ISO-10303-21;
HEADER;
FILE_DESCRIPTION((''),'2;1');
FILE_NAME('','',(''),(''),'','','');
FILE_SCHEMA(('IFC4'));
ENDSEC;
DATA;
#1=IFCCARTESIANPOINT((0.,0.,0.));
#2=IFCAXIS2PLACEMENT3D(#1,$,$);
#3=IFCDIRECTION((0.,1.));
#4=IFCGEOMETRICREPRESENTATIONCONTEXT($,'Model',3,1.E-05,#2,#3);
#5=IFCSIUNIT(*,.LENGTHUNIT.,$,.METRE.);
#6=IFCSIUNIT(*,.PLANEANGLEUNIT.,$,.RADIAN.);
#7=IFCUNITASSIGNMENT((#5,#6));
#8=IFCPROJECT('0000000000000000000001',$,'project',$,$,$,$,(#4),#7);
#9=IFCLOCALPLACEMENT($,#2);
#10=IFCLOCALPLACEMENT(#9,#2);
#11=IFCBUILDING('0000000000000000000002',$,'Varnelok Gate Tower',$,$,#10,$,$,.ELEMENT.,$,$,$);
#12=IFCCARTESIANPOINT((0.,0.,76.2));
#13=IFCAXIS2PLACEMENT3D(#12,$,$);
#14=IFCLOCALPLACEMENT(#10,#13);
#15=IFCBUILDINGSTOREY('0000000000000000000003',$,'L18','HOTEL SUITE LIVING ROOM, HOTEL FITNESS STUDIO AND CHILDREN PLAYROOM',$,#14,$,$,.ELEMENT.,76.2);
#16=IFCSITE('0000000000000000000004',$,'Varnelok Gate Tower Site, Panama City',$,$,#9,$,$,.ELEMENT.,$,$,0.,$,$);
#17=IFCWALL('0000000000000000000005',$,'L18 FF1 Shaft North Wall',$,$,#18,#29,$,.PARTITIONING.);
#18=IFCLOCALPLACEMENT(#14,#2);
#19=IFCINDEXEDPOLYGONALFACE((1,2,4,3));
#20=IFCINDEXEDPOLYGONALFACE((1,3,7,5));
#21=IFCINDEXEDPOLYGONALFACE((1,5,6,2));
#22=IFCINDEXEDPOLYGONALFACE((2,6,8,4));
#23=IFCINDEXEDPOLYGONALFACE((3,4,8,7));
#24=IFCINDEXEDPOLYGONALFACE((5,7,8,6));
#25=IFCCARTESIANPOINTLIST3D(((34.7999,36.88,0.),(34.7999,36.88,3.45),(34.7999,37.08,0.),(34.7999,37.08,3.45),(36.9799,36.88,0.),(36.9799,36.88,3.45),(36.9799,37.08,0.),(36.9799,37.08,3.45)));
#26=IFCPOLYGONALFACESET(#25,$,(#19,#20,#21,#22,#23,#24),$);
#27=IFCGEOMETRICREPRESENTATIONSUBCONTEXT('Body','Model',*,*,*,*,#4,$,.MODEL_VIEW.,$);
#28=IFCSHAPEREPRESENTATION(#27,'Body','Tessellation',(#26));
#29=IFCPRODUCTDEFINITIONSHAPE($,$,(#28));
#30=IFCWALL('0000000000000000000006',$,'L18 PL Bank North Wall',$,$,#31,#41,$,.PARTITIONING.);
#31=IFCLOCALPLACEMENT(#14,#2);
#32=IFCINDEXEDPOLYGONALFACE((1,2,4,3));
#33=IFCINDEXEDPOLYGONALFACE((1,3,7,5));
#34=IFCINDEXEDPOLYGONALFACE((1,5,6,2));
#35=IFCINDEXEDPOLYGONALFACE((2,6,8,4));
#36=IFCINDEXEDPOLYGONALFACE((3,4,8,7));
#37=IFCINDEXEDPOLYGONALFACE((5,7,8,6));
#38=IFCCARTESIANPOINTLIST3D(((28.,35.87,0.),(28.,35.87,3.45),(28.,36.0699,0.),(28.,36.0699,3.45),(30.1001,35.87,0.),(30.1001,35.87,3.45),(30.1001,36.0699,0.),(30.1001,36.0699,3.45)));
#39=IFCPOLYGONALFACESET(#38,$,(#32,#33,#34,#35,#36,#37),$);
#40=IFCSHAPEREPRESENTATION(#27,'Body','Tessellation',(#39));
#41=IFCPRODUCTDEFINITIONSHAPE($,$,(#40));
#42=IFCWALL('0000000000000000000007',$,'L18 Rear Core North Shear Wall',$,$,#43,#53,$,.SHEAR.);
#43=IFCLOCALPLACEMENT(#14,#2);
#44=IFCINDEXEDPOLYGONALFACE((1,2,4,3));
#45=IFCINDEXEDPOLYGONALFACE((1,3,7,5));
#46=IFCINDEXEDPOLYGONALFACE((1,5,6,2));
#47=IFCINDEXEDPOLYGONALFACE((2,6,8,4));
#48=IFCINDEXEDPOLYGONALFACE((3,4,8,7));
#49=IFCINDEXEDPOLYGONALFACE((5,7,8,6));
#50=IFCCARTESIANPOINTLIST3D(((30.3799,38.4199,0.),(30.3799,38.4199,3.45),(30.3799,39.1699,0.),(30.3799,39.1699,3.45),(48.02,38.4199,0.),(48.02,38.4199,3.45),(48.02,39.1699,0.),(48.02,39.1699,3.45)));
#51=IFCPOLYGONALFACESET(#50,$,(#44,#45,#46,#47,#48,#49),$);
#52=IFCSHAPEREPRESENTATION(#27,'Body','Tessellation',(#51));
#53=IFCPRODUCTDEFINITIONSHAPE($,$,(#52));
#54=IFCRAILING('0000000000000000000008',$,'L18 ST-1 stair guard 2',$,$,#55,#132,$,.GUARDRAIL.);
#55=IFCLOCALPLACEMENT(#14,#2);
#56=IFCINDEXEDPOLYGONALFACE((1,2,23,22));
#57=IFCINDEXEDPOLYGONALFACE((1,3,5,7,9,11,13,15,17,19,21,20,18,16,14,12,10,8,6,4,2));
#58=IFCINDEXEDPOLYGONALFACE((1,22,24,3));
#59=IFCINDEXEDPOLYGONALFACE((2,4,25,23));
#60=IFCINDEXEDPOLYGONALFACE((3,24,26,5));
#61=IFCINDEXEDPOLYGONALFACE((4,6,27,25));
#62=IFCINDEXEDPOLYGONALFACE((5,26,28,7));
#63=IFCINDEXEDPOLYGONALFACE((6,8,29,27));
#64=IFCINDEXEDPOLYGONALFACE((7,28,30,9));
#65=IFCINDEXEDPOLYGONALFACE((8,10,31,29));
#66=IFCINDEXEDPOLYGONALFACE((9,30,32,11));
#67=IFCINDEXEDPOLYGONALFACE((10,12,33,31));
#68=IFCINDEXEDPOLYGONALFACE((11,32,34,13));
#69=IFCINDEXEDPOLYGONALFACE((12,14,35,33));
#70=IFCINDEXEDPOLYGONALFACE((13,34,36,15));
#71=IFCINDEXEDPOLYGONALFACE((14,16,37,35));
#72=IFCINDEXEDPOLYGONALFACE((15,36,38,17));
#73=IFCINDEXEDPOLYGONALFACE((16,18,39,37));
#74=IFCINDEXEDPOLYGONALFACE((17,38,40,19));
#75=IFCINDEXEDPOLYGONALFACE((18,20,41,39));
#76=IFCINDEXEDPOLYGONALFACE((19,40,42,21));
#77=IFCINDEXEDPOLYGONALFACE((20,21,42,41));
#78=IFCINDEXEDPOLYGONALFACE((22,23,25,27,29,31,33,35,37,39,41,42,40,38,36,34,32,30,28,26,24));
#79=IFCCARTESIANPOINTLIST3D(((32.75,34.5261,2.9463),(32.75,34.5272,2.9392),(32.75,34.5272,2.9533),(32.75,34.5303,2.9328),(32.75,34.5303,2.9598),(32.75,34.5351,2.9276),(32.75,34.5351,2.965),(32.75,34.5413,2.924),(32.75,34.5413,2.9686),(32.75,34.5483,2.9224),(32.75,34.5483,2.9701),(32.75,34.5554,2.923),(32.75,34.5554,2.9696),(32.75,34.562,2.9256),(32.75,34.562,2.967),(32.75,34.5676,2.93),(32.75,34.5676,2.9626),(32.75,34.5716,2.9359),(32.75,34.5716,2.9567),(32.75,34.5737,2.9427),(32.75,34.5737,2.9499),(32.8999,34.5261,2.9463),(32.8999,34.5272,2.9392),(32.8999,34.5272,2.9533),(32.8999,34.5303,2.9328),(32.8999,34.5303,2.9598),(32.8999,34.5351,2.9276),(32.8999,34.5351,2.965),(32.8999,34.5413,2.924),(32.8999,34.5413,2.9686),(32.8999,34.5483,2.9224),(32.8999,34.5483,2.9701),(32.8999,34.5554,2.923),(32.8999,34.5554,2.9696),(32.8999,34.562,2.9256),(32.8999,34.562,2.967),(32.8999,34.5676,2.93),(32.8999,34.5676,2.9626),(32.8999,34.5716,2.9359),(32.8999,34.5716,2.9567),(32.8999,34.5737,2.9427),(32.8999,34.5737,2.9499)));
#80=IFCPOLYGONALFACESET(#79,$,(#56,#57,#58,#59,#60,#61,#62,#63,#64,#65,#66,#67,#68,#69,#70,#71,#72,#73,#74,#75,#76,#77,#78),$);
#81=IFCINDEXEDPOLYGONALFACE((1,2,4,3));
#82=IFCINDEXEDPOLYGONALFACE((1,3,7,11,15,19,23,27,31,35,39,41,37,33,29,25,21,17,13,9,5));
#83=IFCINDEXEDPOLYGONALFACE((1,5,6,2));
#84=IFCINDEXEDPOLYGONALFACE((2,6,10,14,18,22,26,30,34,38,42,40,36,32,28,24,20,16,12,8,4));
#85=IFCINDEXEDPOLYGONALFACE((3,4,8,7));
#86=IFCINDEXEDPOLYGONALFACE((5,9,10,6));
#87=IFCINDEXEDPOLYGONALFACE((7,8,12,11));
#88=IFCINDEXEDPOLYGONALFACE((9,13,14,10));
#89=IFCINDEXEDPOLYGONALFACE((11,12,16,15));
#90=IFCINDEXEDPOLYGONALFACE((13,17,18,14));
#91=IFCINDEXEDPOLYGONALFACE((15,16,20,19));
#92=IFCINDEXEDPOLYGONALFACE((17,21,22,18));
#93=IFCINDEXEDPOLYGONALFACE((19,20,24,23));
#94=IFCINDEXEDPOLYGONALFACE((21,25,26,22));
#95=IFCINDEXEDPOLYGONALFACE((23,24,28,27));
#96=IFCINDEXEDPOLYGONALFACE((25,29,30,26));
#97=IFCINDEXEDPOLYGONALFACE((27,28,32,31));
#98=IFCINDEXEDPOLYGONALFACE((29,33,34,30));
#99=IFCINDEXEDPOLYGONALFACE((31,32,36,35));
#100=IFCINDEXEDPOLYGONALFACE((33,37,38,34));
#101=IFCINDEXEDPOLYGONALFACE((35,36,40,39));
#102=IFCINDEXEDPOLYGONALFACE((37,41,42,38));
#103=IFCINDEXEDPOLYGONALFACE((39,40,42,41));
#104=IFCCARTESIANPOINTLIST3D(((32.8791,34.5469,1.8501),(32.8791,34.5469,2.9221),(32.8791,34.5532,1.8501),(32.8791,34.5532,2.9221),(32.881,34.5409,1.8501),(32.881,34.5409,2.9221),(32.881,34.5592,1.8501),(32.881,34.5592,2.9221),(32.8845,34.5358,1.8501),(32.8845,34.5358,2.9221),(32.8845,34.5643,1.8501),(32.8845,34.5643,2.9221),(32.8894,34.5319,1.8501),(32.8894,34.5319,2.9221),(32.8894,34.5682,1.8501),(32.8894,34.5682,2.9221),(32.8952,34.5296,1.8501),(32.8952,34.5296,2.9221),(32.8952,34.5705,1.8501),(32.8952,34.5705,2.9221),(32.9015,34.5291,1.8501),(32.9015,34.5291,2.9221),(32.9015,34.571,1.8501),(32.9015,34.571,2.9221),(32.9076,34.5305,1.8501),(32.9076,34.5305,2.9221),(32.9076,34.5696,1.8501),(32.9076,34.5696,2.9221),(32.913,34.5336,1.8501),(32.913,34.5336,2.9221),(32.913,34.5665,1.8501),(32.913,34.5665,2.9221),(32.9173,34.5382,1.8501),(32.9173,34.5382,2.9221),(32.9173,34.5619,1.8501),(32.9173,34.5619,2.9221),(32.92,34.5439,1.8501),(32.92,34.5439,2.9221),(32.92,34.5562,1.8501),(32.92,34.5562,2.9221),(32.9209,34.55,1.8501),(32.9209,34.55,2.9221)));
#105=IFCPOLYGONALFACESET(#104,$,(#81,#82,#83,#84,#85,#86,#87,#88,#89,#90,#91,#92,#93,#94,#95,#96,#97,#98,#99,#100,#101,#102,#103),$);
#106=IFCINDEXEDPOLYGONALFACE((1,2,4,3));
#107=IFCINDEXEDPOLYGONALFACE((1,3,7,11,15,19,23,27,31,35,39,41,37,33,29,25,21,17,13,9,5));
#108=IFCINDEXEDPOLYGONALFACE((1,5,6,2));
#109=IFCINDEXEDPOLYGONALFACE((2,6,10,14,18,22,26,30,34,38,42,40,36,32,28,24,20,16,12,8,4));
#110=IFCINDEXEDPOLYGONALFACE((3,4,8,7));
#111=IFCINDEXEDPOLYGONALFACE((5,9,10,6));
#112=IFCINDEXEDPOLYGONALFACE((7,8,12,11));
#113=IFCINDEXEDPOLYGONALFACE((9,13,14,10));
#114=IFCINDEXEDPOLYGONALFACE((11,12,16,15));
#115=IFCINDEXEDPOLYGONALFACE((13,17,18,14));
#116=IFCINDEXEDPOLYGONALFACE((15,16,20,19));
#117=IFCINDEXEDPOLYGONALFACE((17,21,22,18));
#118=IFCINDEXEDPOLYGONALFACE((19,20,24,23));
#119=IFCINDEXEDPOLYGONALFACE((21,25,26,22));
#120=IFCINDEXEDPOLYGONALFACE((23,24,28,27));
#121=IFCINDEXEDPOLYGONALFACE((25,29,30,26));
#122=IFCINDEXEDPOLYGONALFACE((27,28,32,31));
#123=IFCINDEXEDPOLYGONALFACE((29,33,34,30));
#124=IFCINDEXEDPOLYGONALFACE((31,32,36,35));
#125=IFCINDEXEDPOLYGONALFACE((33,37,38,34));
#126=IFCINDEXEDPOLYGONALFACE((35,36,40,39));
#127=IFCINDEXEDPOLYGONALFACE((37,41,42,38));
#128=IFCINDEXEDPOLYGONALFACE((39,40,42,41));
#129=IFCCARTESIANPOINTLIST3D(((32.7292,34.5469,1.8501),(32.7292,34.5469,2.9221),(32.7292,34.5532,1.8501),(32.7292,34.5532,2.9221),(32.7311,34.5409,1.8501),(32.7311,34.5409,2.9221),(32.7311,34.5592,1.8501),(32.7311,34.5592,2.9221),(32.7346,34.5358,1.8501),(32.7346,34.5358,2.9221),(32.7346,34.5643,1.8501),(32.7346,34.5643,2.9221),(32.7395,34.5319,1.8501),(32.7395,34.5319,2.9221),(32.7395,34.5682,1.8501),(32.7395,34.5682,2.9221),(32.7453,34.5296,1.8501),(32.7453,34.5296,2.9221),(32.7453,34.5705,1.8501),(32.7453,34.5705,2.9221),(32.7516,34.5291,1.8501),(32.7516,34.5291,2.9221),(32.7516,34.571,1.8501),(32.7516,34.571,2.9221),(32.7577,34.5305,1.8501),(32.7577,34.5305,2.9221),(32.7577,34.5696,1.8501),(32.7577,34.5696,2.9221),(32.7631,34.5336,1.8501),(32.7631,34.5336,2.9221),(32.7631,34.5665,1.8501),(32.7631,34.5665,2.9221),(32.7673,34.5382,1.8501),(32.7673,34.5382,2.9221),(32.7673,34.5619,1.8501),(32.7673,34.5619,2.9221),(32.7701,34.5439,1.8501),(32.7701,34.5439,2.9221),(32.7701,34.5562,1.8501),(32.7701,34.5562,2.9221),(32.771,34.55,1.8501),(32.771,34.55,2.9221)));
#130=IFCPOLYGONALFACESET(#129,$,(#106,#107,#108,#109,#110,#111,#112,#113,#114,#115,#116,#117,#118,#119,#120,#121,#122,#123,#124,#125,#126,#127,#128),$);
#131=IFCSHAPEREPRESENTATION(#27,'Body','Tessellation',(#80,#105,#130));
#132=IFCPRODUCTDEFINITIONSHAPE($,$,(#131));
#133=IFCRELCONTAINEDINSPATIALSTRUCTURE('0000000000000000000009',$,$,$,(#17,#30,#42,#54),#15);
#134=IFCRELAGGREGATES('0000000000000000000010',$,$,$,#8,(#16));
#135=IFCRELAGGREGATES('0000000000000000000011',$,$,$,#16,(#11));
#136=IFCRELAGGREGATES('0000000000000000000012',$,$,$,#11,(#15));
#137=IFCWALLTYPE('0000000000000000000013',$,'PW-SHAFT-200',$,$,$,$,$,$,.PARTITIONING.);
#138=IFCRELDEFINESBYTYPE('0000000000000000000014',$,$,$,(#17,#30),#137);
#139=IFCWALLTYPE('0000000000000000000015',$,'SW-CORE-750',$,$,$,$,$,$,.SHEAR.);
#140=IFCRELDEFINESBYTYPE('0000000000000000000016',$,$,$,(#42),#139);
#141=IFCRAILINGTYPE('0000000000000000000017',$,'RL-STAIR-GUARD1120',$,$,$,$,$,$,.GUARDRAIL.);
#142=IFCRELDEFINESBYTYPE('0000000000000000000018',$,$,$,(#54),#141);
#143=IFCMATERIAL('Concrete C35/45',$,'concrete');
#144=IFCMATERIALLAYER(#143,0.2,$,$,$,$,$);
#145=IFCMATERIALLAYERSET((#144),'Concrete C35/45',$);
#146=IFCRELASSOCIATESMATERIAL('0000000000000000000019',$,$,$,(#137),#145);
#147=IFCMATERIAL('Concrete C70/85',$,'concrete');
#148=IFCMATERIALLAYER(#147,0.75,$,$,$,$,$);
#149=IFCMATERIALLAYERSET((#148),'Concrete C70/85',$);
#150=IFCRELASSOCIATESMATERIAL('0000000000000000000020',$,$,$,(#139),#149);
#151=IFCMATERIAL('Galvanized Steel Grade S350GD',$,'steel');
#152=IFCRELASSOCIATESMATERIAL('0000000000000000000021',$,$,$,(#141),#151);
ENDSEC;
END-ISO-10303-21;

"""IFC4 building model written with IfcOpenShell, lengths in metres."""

from ifc_helpers import new_model, si_unit, direction, frame, frame_2d, origin, origin_2d, place, context, subcontext, project, spatial, rectangle, circle, extrude, material, layer, layer_set, type_object, element, save


model = new_model("IFC4")

# Units and contexts
model_context = context("Model", 3, precision=1e-05, world=origin(), true_north=direction((0.0, 1.0)))
body_context = subcontext(model_context, "Body", "Model", "MODEL_VIEW")
ifc_project = project(units=[si_unit("LENGTHUNIT", "METRE"), si_unit("PLANEANGLEUNIT", "RADIAN")], contexts=[model_context])

# Site, building, storey
site_placement = place(None, origin())
site = spatial("IfcSite", under=ifc_project, at=site_placement, Name="Varnelok Gate Tower Site, Panama City", CompositionType="ELEMENT", RefElevation=0.0)
building_placement = place(site_placement, origin())
building = spatial("IfcBuilding", under=site, at=building_placement, Name="Varnelok Gate Tower", CompositionType="ELEMENT")
storey_placement = place(building_placement, frame((0.0, 0.0, 76.2)))
storey = spatial("IfcBuildingStorey", under=building, at=storey_placement, Name="L18", Description="HOTEL SUITE LIVING ROOM, HOTEL FITNESS STUDIO AND CHILDREN PLAYROOM", CompositionType="ELEMENT", Elevation=76.2)

# Shared definitions
ifc_material_1 = material(Name="Concrete C70/85", Category="concrete")

# Walls
ifc_material_2 = material(Name="Concrete C35/45", Category="concrete")
ifc_layer_1 = layer(ifc_material_2, 0.2)
ifc_layer_set_1 = layer_set([ifc_layer_1], Name="Concrete C35/45")
wall_type_1 = type_object("IfcWallType", Name="PW-SHAFT-200", PredefinedType="PARTITIONING", material=ifc_layer_set_1)
wall_1_placement = place(storey_placement, frame((34.8, 36.98, 0.0), z_axis=(0.0, 0.0, 1.0), x_axis=(1.0, 0.0, 0.0)))
element("IfcWall", 1, at=wall_1_placement, inside=storey, type_object=wall_type_1, Name="L18 FF1 Shaft North Wall", PredefinedType="PARTITIONING", context=body_context, shape_type="SweptSolid", body=[
    extrude(rectangle(XDim=2.1799, YDim=0.2, at=frame_2d((1.0898, 0.0))), origin(), (0.0, 0.0, 1.0), 3.45),
])
wall_2_placement = place(storey_placement, frame((28.0, 35.97, 0.0), z_axis=(0.0, 0.0, 1.0), x_axis=(1.0, 0.0, 0.0)))
element("IfcWall", 2, at=wall_2_placement, inside=storey, type_object=wall_type_1, Name="L18 PL Bank North Wall", PredefinedType="PARTITIONING", context=body_context, shape_type="SweptSolid", body=[
    extrude(rectangle(XDim=2.1001, YDim=0.2, at=frame_2d((1.05, 0.0))), origin(), (0.0, 0.0, 1.0), 3.45),
])
ifc_layer_2 = layer(ifc_material_1, 0.75)
ifc_layer_set_2 = layer_set([ifc_layer_2], Name="Concrete C70/85")
wall_type_2 = type_object("IfcWallType", Name="SW-CORE-750", PredefinedType="SHEAR", material=ifc_layer_set_2)
wall_3_placement = place(storey_placement, frame((30.3799, 38.7949, 0.0), z_axis=(0.0, 0.0, 1.0), x_axis=(1.0, 0.0, 0.0)))
element("IfcWall", 3, at=wall_3_placement, inside=storey, type_object=wall_type_2, Name="L18 Rear Core North Shear Wall", PredefinedType="SHEAR", context=body_context, shape_type="SweptSolid", body=[
    extrude(rectangle(XDim=17.6401, YDim=0.75, at=frame_2d((8.8201, 0.0))), origin(), (0.0, 0.0, 1.0), 3.45),
])

# Railing
ifc_material_3 = material(Name="Galvanized Steel Grade S350GD", Category="steel")
railing_type_1 = type_object("IfcRailingType", Name="RL-STAIR-GUARD1120", PredefinedType="GUARDRAIL", material=ifc_material_3)
railing_1_placement = place(storey_placement, frame((32.8999, 34.55, 1.8501)))
element("IfcRailing", 4, at=railing_1_placement, inside=storey, type_object=railing_type_1, Name="L18 ST-1 stair guard 2", PredefinedType="GUARDRAIL", context=body_context, shape_type="SweptSolid", body=[
    extrude(circle(Radius=0.0239, at=origin_2d()), frame((0.0, 0.0, 1.0962), z_axis=(-1.0, 0.0, 0.0), x_axis=(0.0, -1.0, 0.0)), (0.0, 0.0, 1.0), 0.1499),
    extrude(circle(Radius=0.021, at=origin_2d()), origin(), (0.0, 0.0, 1.0), 1.072),
    extrude(circle(Radius=0.021, at=origin_2d()), frame((-0.1499, 0.0, 0.0)), (0.0, 0.0, 1.0), 1.072),
])

save(model, "model.ifc")
